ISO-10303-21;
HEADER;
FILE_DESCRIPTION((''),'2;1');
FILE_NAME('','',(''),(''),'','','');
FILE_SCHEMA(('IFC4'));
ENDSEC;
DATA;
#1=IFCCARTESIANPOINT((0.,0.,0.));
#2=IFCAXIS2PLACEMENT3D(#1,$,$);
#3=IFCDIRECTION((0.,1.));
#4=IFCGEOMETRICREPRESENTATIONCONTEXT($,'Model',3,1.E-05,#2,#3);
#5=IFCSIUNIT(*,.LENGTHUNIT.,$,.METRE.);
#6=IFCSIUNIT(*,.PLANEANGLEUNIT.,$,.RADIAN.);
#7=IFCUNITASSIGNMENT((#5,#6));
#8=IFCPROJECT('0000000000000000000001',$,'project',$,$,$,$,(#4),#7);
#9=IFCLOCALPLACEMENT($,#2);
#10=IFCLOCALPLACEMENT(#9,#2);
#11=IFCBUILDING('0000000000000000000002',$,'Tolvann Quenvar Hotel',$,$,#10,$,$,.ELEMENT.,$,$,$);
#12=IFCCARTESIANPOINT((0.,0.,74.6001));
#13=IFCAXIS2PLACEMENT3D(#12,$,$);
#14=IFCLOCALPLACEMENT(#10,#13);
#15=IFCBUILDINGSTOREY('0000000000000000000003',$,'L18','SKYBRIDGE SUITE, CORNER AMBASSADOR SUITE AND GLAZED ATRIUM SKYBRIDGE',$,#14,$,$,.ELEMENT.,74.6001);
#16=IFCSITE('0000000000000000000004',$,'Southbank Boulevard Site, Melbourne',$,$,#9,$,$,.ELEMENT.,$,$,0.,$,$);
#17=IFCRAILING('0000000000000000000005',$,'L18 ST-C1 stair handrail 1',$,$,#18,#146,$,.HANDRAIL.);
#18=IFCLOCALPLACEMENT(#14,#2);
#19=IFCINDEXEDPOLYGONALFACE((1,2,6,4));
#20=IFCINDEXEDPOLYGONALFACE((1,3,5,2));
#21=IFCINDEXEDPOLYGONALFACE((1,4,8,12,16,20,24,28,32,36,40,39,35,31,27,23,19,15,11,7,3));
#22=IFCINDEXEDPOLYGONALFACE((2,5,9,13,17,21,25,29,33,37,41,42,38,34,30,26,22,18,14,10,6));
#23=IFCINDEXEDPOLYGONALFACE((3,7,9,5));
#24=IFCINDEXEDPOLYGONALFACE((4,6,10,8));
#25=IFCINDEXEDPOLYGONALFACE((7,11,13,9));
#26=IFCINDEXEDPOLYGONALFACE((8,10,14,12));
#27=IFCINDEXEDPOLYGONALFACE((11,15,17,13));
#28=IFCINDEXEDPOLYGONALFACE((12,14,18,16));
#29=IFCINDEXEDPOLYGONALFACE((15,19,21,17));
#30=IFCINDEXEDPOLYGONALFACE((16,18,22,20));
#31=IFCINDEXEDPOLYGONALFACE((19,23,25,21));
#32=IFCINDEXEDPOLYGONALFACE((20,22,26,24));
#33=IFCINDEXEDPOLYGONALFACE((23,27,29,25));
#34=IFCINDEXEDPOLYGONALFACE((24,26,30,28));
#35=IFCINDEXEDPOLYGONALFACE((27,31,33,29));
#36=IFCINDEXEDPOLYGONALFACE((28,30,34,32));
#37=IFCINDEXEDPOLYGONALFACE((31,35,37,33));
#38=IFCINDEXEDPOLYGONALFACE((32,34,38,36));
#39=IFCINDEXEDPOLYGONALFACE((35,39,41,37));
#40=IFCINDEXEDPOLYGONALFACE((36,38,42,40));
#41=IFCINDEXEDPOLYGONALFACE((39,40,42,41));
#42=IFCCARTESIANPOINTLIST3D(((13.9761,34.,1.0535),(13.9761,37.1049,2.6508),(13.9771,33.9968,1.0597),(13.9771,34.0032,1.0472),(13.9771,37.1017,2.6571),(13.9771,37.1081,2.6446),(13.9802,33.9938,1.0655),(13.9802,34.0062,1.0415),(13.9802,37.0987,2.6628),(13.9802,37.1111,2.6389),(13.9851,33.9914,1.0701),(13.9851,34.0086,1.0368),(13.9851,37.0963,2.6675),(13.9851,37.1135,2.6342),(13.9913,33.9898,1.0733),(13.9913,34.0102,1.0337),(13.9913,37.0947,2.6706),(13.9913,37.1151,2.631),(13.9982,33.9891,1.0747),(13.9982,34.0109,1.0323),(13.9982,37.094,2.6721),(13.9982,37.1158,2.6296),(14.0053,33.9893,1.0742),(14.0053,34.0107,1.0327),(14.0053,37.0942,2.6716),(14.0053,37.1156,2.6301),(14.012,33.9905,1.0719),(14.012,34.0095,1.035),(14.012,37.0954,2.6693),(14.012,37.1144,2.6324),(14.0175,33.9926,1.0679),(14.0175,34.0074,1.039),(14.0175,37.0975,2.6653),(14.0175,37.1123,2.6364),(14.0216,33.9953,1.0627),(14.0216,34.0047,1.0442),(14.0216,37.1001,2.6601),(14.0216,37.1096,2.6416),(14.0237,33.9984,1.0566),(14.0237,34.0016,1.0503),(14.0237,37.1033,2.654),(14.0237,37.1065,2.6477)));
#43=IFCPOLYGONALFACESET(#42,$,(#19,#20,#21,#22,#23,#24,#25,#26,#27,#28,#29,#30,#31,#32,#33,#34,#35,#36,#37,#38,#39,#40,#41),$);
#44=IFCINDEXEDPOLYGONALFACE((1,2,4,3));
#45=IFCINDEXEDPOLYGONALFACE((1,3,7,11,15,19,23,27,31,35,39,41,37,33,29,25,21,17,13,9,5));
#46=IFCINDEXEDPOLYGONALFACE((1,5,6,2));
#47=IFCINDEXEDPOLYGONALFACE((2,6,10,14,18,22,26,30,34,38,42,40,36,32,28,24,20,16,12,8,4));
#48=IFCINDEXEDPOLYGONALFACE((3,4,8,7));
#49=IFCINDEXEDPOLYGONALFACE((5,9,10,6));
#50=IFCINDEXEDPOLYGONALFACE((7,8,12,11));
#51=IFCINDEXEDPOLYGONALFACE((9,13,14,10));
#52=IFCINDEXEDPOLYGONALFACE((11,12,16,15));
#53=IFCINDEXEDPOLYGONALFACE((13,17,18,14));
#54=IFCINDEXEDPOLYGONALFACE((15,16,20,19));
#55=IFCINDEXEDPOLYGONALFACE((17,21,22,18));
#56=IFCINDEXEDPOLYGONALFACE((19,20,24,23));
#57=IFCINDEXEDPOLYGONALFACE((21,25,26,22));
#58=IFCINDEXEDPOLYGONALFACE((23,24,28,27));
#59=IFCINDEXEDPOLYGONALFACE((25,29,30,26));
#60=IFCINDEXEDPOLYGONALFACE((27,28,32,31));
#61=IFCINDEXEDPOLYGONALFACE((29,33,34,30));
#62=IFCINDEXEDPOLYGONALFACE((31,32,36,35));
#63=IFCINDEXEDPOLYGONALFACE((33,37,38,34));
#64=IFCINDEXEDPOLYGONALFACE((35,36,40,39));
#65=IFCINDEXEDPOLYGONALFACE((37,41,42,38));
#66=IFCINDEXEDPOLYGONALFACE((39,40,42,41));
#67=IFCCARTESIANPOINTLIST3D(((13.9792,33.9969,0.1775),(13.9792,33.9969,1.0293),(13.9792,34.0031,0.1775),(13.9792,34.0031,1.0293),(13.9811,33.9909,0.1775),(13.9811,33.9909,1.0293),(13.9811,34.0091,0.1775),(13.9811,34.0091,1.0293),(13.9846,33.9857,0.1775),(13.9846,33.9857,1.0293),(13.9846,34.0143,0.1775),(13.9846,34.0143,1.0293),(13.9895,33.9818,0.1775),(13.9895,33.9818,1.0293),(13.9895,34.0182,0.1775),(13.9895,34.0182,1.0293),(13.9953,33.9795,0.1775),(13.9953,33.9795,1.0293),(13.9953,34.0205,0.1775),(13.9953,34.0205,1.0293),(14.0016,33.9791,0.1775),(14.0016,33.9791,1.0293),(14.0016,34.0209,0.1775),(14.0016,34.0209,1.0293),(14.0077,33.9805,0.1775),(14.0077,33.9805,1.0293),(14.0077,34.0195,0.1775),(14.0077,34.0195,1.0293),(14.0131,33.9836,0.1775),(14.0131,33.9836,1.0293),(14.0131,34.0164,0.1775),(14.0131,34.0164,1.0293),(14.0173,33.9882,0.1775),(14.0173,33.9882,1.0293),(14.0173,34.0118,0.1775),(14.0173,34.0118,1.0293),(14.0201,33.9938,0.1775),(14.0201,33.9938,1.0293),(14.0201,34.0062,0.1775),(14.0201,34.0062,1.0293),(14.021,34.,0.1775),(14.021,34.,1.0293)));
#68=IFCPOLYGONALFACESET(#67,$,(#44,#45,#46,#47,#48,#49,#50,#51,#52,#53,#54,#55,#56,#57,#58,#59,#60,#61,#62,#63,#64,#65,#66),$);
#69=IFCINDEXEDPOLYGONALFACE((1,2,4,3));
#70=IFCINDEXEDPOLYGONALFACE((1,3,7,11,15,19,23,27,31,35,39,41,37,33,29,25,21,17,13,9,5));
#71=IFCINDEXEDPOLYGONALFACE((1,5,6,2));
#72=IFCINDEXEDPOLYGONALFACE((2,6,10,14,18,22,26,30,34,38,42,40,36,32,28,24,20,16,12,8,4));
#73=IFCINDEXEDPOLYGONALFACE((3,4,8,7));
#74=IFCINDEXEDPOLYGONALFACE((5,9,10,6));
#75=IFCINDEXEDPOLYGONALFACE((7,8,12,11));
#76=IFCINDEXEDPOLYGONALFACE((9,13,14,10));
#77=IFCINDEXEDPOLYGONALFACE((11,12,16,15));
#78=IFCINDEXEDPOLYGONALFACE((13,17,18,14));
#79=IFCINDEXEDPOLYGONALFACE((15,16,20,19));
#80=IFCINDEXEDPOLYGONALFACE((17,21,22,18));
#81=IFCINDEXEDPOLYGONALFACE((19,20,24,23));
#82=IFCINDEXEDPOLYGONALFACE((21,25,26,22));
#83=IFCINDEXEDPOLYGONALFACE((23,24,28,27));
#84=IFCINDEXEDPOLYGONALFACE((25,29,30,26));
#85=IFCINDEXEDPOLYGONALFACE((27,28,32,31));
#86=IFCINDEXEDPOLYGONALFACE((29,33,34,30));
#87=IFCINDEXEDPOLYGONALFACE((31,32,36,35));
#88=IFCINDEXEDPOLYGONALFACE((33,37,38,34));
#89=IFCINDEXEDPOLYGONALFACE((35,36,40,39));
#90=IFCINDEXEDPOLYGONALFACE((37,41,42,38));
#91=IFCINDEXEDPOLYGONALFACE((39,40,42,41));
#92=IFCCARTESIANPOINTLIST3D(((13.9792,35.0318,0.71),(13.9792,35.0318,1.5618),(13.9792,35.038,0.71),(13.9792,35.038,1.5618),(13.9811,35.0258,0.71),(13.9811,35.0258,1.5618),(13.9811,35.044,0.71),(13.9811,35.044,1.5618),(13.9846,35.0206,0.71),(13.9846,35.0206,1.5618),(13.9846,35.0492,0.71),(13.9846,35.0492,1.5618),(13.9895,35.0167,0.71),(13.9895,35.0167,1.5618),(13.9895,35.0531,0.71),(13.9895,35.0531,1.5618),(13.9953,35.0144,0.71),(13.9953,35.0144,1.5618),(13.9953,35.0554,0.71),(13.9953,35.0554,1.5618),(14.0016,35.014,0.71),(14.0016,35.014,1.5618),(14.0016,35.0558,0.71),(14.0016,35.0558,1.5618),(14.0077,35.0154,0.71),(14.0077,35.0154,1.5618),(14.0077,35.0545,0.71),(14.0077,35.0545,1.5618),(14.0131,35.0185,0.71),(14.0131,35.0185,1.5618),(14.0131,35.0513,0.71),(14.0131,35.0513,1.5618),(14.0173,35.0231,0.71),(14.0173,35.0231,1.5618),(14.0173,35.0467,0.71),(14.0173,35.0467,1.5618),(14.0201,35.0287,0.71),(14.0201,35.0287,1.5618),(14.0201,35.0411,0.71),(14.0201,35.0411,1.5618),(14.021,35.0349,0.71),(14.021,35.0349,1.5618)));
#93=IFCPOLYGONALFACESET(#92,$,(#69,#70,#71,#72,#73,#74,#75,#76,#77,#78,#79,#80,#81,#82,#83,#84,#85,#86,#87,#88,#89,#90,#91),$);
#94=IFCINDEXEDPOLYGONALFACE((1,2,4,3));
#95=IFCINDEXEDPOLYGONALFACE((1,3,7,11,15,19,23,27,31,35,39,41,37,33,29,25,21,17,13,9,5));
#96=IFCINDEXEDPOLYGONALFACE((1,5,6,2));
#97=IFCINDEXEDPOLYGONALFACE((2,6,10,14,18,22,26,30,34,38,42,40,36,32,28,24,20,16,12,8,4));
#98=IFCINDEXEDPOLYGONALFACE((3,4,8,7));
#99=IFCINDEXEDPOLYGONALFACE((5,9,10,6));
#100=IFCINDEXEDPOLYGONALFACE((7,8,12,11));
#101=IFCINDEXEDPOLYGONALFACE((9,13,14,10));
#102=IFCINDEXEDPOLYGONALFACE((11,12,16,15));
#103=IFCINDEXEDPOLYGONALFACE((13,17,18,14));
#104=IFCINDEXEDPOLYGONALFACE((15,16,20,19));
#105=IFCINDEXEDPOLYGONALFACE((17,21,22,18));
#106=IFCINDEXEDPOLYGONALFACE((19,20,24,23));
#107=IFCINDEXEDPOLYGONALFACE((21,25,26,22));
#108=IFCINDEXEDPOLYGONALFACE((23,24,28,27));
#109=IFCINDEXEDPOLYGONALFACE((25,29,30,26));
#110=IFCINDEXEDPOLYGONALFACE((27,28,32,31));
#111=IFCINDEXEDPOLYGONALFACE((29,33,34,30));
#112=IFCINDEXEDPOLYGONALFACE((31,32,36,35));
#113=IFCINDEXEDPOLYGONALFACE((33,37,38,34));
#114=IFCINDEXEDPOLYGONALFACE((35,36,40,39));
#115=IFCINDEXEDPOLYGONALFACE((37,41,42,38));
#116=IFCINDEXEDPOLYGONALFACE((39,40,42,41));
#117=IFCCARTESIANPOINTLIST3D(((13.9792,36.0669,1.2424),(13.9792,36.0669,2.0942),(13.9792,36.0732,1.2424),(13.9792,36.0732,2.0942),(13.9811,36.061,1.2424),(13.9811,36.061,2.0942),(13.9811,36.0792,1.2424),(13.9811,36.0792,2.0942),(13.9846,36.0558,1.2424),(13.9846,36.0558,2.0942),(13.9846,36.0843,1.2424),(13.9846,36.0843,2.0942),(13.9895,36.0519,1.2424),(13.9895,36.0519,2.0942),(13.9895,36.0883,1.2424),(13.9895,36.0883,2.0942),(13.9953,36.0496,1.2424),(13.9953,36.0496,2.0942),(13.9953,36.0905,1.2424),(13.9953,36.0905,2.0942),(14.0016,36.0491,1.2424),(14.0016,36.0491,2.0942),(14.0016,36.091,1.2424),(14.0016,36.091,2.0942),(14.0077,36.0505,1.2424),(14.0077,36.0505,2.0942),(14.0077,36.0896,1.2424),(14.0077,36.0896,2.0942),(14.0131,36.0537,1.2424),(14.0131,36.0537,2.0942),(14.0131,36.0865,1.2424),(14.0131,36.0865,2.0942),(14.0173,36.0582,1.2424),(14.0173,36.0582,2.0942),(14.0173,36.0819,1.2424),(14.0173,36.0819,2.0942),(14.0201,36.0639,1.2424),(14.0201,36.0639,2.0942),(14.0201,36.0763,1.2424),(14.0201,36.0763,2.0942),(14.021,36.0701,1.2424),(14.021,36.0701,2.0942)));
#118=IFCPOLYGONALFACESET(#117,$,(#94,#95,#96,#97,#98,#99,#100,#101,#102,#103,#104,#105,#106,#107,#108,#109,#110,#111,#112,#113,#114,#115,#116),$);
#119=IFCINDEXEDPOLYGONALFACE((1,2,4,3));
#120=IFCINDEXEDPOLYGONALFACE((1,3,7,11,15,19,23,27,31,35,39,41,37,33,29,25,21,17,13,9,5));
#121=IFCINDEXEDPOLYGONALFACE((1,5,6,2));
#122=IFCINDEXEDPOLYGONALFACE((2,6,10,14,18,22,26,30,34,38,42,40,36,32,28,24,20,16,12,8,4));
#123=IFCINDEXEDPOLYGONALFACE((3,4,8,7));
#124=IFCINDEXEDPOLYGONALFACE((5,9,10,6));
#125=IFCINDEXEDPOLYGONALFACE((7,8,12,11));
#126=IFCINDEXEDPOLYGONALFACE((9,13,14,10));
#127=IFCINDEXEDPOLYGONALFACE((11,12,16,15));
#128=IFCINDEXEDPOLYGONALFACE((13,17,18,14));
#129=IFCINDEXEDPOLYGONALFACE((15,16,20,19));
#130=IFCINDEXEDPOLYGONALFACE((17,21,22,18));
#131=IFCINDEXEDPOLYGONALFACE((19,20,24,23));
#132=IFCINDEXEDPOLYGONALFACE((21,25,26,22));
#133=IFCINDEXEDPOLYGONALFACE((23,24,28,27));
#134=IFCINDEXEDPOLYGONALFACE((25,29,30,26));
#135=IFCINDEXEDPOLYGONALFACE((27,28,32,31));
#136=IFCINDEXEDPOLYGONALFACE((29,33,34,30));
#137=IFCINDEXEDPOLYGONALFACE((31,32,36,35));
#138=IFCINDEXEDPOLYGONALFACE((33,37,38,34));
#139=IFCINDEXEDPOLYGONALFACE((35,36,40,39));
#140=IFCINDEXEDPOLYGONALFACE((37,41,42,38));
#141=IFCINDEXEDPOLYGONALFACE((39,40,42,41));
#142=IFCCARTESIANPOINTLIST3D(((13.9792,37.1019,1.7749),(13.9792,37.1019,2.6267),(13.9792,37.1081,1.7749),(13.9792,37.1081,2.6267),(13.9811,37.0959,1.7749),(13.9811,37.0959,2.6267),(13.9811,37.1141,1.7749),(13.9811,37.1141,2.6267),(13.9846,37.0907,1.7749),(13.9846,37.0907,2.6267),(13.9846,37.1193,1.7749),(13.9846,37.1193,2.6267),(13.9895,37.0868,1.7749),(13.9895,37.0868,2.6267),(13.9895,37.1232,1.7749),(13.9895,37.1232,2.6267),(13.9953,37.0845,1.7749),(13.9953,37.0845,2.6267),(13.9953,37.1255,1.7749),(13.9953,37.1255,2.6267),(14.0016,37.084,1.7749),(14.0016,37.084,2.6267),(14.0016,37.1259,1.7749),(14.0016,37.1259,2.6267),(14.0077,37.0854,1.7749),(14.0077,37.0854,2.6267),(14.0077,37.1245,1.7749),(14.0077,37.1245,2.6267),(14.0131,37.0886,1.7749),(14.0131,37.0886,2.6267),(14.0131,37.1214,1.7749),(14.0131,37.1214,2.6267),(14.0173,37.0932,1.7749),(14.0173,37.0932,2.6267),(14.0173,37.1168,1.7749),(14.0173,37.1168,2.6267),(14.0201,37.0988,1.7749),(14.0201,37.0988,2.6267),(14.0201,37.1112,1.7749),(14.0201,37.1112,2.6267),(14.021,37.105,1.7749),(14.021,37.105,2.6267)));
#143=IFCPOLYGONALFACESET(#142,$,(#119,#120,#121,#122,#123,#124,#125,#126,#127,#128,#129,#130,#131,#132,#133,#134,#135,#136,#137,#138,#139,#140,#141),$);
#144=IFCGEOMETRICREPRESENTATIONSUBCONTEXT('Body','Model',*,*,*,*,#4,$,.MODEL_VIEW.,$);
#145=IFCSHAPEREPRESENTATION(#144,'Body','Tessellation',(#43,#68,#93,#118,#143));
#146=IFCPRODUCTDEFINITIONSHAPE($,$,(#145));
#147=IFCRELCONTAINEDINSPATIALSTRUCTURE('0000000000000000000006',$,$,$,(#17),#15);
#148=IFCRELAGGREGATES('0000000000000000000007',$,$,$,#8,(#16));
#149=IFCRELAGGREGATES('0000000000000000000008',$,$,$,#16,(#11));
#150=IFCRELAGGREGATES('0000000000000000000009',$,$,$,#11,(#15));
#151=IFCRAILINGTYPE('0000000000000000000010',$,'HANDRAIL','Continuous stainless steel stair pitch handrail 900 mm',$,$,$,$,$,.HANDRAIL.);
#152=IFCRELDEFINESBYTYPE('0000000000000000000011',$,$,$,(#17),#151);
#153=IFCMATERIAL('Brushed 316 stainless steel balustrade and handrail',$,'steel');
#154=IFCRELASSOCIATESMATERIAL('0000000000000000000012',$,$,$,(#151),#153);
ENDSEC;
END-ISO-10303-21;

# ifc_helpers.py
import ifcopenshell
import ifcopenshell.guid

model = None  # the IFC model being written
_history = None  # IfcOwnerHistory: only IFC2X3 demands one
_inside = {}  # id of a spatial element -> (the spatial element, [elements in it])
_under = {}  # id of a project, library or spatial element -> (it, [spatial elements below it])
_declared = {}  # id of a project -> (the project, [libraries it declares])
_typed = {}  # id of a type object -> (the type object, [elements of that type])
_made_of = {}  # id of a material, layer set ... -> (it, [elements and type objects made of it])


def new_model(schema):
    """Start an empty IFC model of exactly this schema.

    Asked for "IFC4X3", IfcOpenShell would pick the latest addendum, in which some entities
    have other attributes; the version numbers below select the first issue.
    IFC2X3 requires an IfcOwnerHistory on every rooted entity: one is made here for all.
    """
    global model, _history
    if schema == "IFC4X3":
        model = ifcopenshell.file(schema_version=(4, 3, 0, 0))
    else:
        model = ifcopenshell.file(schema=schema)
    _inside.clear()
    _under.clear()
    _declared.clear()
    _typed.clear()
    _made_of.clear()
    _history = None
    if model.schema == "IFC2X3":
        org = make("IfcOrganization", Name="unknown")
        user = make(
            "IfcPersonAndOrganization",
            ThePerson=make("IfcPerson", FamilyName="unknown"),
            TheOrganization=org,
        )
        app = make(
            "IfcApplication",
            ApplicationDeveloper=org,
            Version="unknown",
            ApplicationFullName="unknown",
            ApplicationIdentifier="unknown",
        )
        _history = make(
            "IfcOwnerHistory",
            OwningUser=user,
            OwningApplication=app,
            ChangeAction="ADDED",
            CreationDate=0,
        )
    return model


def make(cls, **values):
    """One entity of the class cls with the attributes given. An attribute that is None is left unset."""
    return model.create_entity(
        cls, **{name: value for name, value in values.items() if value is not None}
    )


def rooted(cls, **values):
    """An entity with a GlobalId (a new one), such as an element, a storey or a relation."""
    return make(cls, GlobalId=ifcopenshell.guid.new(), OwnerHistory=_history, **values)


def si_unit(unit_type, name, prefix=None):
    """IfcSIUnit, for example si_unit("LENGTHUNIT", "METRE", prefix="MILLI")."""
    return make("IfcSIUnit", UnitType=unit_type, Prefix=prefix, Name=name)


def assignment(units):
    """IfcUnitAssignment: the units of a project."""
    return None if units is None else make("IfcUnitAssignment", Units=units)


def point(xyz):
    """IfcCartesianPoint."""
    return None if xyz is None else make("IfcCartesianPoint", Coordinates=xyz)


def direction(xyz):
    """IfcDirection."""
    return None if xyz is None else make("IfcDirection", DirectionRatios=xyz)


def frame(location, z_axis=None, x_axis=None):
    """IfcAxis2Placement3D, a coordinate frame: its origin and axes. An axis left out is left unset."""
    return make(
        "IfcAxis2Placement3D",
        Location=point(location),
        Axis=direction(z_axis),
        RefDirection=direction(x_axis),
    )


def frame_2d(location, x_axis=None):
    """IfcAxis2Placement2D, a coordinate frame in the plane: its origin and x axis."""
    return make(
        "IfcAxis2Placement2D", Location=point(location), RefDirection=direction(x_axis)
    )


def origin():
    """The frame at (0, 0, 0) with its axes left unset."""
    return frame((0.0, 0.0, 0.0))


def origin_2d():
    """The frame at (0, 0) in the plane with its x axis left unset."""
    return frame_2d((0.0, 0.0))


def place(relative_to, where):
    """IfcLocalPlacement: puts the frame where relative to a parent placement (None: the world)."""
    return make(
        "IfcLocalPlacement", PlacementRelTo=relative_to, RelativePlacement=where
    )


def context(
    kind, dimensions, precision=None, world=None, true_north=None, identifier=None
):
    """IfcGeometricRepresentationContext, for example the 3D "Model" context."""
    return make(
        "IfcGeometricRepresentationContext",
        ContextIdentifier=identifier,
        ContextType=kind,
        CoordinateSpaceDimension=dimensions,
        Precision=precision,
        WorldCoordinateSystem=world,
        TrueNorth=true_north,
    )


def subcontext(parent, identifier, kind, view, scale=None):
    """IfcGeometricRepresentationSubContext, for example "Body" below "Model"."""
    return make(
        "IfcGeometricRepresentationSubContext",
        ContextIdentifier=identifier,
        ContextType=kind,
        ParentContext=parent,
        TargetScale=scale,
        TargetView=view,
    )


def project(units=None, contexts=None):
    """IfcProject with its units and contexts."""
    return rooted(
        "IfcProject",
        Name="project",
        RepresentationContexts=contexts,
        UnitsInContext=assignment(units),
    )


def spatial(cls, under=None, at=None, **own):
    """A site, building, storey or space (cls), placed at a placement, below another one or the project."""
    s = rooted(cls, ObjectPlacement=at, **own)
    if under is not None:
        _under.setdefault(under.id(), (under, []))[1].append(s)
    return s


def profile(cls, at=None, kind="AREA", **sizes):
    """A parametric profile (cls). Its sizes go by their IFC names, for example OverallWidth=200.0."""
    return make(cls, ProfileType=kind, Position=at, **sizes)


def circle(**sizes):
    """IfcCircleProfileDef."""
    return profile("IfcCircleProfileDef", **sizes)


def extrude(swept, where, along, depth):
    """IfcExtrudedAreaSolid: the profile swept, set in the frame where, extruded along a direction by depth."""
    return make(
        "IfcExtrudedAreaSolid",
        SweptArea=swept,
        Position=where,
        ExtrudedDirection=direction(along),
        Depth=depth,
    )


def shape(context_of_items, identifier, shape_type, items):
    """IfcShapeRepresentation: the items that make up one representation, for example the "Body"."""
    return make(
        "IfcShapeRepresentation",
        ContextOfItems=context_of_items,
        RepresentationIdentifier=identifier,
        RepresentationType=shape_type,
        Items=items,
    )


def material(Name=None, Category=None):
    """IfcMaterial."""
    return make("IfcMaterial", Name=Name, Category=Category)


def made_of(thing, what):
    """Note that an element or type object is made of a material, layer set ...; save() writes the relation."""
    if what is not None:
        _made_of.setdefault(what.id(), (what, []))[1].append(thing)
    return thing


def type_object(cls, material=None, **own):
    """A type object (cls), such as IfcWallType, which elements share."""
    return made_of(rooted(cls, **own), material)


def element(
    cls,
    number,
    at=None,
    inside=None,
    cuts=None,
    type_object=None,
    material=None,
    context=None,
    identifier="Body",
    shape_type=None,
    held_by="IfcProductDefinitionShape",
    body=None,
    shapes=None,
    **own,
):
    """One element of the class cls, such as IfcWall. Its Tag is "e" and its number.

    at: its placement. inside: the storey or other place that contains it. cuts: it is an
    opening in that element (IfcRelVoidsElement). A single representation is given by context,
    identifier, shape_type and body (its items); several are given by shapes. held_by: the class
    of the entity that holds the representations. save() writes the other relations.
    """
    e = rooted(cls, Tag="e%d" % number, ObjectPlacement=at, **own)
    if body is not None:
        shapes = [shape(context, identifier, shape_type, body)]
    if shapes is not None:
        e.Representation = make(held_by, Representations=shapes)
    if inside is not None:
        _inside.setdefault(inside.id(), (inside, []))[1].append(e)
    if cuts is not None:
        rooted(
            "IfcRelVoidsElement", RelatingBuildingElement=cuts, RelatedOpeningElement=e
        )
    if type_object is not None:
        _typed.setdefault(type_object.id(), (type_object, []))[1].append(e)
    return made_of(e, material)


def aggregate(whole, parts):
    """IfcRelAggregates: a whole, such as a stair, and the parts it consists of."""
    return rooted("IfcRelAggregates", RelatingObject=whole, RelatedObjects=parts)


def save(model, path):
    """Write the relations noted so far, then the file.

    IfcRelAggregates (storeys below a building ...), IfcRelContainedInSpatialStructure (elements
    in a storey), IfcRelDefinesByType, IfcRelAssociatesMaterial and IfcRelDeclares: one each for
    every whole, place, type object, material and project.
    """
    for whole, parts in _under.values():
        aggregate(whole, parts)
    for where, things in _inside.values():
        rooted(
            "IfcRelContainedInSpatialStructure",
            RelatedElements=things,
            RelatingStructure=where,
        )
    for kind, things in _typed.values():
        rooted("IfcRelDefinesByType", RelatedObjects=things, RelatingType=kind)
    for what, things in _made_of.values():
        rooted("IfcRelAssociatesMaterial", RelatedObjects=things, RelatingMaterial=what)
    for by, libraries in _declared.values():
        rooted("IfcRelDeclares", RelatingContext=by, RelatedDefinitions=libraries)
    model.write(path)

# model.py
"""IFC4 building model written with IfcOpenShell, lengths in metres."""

from ifc_helpers import new_model, si_unit, direction, frame, origin, origin_2d, place, context, subcontext, project, spatial, circle, extrude, material, type_object, element, save


model = new_model("IFC4")

# Units and contexts
model_context = context("Model", 3, precision=1e-05, world=origin(), true_north=direction((0.0, 1.0)))
body_context = subcontext(model_context, "Body", "Model", "MODEL_VIEW")
ifc_project = project(units=[si_unit("LENGTHUNIT", "METRE"), si_unit("PLANEANGLEUNIT", "RADIAN")], contexts=[model_context])

# Site, building, storey
site_placement = place(None, origin())
site = spatial("IfcSite", under=ifc_project, at=site_placement, Name="Southbank Boulevard Site, Melbourne", CompositionType="ELEMENT", RefElevation=0.0)
building_placement = place(site_placement, origin())
building = spatial("IfcBuilding", under=site, at=building_placement, Name="Tolvann Quenvar Hotel", CompositionType="ELEMENT")
storey_placement = place(building_placement, frame((0.0, 0.0, 74.6001)))
storey = spatial("IfcBuildingStorey", under=building, at=storey_placement, Name="L18", Description="SKYBRIDGE SUITE, CORNER AMBASSADOR SUITE AND GLAZED ATRIUM SKYBRIDGE", CompositionType="ELEMENT", Elevation=74.6001)

# Railing
ifc_material_1 = material(Name="Brushed 316 stainless steel balustrade and handrail", Category="steel")
railing_type = type_object("IfcRailingType", Name="HANDRAIL", Description="Continuous stainless steel stair pitch handrail 900 mm", PredefinedType="HANDRAIL", material=ifc_material_1)
railing_placement = place(storey_placement, frame((14.0, 34.0, 0.1775)))
element("IfcRailing", 1, at=railing_placement, inside=storey, type_object=railing_type, Name="L18 ST-C1 stair handrail 1", PredefinedType="HANDRAIL", context=body_context, shape_type="SweptSolid", body=[
    extrude(circle(Radius=0.0239, at=origin_2d()), frame((0.0, 0.0, 0.876), z_axis=(0.0, 0.889222, 0.457476), x_axis=(-1.0, 0.0, 0.0)), (0.0, 0.0, 1.0), 3.4917),
    extrude(circle(Radius=0.021, at=origin_2d()), origin(), (0.0, 0.0, 1.0), 0.8518),
    extrude(circle(Radius=0.021, at=origin_2d()), frame((0.0, 1.0349, 0.5325)), (0.0, 0.0, 1.0), 0.8518),
    extrude(circle(Radius=0.021, at=origin_2d()), frame((0.0, 2.0701, 1.0649)), (0.0, 0.0, 1.0), 0.8518),
    extrude(circle(Radius=0.021, at=origin_2d()), frame((0.0, 3.105, 1.5974)), (0.0, 0.0, 1.0), 0.8518),
])

save(model, "model.ifc")
